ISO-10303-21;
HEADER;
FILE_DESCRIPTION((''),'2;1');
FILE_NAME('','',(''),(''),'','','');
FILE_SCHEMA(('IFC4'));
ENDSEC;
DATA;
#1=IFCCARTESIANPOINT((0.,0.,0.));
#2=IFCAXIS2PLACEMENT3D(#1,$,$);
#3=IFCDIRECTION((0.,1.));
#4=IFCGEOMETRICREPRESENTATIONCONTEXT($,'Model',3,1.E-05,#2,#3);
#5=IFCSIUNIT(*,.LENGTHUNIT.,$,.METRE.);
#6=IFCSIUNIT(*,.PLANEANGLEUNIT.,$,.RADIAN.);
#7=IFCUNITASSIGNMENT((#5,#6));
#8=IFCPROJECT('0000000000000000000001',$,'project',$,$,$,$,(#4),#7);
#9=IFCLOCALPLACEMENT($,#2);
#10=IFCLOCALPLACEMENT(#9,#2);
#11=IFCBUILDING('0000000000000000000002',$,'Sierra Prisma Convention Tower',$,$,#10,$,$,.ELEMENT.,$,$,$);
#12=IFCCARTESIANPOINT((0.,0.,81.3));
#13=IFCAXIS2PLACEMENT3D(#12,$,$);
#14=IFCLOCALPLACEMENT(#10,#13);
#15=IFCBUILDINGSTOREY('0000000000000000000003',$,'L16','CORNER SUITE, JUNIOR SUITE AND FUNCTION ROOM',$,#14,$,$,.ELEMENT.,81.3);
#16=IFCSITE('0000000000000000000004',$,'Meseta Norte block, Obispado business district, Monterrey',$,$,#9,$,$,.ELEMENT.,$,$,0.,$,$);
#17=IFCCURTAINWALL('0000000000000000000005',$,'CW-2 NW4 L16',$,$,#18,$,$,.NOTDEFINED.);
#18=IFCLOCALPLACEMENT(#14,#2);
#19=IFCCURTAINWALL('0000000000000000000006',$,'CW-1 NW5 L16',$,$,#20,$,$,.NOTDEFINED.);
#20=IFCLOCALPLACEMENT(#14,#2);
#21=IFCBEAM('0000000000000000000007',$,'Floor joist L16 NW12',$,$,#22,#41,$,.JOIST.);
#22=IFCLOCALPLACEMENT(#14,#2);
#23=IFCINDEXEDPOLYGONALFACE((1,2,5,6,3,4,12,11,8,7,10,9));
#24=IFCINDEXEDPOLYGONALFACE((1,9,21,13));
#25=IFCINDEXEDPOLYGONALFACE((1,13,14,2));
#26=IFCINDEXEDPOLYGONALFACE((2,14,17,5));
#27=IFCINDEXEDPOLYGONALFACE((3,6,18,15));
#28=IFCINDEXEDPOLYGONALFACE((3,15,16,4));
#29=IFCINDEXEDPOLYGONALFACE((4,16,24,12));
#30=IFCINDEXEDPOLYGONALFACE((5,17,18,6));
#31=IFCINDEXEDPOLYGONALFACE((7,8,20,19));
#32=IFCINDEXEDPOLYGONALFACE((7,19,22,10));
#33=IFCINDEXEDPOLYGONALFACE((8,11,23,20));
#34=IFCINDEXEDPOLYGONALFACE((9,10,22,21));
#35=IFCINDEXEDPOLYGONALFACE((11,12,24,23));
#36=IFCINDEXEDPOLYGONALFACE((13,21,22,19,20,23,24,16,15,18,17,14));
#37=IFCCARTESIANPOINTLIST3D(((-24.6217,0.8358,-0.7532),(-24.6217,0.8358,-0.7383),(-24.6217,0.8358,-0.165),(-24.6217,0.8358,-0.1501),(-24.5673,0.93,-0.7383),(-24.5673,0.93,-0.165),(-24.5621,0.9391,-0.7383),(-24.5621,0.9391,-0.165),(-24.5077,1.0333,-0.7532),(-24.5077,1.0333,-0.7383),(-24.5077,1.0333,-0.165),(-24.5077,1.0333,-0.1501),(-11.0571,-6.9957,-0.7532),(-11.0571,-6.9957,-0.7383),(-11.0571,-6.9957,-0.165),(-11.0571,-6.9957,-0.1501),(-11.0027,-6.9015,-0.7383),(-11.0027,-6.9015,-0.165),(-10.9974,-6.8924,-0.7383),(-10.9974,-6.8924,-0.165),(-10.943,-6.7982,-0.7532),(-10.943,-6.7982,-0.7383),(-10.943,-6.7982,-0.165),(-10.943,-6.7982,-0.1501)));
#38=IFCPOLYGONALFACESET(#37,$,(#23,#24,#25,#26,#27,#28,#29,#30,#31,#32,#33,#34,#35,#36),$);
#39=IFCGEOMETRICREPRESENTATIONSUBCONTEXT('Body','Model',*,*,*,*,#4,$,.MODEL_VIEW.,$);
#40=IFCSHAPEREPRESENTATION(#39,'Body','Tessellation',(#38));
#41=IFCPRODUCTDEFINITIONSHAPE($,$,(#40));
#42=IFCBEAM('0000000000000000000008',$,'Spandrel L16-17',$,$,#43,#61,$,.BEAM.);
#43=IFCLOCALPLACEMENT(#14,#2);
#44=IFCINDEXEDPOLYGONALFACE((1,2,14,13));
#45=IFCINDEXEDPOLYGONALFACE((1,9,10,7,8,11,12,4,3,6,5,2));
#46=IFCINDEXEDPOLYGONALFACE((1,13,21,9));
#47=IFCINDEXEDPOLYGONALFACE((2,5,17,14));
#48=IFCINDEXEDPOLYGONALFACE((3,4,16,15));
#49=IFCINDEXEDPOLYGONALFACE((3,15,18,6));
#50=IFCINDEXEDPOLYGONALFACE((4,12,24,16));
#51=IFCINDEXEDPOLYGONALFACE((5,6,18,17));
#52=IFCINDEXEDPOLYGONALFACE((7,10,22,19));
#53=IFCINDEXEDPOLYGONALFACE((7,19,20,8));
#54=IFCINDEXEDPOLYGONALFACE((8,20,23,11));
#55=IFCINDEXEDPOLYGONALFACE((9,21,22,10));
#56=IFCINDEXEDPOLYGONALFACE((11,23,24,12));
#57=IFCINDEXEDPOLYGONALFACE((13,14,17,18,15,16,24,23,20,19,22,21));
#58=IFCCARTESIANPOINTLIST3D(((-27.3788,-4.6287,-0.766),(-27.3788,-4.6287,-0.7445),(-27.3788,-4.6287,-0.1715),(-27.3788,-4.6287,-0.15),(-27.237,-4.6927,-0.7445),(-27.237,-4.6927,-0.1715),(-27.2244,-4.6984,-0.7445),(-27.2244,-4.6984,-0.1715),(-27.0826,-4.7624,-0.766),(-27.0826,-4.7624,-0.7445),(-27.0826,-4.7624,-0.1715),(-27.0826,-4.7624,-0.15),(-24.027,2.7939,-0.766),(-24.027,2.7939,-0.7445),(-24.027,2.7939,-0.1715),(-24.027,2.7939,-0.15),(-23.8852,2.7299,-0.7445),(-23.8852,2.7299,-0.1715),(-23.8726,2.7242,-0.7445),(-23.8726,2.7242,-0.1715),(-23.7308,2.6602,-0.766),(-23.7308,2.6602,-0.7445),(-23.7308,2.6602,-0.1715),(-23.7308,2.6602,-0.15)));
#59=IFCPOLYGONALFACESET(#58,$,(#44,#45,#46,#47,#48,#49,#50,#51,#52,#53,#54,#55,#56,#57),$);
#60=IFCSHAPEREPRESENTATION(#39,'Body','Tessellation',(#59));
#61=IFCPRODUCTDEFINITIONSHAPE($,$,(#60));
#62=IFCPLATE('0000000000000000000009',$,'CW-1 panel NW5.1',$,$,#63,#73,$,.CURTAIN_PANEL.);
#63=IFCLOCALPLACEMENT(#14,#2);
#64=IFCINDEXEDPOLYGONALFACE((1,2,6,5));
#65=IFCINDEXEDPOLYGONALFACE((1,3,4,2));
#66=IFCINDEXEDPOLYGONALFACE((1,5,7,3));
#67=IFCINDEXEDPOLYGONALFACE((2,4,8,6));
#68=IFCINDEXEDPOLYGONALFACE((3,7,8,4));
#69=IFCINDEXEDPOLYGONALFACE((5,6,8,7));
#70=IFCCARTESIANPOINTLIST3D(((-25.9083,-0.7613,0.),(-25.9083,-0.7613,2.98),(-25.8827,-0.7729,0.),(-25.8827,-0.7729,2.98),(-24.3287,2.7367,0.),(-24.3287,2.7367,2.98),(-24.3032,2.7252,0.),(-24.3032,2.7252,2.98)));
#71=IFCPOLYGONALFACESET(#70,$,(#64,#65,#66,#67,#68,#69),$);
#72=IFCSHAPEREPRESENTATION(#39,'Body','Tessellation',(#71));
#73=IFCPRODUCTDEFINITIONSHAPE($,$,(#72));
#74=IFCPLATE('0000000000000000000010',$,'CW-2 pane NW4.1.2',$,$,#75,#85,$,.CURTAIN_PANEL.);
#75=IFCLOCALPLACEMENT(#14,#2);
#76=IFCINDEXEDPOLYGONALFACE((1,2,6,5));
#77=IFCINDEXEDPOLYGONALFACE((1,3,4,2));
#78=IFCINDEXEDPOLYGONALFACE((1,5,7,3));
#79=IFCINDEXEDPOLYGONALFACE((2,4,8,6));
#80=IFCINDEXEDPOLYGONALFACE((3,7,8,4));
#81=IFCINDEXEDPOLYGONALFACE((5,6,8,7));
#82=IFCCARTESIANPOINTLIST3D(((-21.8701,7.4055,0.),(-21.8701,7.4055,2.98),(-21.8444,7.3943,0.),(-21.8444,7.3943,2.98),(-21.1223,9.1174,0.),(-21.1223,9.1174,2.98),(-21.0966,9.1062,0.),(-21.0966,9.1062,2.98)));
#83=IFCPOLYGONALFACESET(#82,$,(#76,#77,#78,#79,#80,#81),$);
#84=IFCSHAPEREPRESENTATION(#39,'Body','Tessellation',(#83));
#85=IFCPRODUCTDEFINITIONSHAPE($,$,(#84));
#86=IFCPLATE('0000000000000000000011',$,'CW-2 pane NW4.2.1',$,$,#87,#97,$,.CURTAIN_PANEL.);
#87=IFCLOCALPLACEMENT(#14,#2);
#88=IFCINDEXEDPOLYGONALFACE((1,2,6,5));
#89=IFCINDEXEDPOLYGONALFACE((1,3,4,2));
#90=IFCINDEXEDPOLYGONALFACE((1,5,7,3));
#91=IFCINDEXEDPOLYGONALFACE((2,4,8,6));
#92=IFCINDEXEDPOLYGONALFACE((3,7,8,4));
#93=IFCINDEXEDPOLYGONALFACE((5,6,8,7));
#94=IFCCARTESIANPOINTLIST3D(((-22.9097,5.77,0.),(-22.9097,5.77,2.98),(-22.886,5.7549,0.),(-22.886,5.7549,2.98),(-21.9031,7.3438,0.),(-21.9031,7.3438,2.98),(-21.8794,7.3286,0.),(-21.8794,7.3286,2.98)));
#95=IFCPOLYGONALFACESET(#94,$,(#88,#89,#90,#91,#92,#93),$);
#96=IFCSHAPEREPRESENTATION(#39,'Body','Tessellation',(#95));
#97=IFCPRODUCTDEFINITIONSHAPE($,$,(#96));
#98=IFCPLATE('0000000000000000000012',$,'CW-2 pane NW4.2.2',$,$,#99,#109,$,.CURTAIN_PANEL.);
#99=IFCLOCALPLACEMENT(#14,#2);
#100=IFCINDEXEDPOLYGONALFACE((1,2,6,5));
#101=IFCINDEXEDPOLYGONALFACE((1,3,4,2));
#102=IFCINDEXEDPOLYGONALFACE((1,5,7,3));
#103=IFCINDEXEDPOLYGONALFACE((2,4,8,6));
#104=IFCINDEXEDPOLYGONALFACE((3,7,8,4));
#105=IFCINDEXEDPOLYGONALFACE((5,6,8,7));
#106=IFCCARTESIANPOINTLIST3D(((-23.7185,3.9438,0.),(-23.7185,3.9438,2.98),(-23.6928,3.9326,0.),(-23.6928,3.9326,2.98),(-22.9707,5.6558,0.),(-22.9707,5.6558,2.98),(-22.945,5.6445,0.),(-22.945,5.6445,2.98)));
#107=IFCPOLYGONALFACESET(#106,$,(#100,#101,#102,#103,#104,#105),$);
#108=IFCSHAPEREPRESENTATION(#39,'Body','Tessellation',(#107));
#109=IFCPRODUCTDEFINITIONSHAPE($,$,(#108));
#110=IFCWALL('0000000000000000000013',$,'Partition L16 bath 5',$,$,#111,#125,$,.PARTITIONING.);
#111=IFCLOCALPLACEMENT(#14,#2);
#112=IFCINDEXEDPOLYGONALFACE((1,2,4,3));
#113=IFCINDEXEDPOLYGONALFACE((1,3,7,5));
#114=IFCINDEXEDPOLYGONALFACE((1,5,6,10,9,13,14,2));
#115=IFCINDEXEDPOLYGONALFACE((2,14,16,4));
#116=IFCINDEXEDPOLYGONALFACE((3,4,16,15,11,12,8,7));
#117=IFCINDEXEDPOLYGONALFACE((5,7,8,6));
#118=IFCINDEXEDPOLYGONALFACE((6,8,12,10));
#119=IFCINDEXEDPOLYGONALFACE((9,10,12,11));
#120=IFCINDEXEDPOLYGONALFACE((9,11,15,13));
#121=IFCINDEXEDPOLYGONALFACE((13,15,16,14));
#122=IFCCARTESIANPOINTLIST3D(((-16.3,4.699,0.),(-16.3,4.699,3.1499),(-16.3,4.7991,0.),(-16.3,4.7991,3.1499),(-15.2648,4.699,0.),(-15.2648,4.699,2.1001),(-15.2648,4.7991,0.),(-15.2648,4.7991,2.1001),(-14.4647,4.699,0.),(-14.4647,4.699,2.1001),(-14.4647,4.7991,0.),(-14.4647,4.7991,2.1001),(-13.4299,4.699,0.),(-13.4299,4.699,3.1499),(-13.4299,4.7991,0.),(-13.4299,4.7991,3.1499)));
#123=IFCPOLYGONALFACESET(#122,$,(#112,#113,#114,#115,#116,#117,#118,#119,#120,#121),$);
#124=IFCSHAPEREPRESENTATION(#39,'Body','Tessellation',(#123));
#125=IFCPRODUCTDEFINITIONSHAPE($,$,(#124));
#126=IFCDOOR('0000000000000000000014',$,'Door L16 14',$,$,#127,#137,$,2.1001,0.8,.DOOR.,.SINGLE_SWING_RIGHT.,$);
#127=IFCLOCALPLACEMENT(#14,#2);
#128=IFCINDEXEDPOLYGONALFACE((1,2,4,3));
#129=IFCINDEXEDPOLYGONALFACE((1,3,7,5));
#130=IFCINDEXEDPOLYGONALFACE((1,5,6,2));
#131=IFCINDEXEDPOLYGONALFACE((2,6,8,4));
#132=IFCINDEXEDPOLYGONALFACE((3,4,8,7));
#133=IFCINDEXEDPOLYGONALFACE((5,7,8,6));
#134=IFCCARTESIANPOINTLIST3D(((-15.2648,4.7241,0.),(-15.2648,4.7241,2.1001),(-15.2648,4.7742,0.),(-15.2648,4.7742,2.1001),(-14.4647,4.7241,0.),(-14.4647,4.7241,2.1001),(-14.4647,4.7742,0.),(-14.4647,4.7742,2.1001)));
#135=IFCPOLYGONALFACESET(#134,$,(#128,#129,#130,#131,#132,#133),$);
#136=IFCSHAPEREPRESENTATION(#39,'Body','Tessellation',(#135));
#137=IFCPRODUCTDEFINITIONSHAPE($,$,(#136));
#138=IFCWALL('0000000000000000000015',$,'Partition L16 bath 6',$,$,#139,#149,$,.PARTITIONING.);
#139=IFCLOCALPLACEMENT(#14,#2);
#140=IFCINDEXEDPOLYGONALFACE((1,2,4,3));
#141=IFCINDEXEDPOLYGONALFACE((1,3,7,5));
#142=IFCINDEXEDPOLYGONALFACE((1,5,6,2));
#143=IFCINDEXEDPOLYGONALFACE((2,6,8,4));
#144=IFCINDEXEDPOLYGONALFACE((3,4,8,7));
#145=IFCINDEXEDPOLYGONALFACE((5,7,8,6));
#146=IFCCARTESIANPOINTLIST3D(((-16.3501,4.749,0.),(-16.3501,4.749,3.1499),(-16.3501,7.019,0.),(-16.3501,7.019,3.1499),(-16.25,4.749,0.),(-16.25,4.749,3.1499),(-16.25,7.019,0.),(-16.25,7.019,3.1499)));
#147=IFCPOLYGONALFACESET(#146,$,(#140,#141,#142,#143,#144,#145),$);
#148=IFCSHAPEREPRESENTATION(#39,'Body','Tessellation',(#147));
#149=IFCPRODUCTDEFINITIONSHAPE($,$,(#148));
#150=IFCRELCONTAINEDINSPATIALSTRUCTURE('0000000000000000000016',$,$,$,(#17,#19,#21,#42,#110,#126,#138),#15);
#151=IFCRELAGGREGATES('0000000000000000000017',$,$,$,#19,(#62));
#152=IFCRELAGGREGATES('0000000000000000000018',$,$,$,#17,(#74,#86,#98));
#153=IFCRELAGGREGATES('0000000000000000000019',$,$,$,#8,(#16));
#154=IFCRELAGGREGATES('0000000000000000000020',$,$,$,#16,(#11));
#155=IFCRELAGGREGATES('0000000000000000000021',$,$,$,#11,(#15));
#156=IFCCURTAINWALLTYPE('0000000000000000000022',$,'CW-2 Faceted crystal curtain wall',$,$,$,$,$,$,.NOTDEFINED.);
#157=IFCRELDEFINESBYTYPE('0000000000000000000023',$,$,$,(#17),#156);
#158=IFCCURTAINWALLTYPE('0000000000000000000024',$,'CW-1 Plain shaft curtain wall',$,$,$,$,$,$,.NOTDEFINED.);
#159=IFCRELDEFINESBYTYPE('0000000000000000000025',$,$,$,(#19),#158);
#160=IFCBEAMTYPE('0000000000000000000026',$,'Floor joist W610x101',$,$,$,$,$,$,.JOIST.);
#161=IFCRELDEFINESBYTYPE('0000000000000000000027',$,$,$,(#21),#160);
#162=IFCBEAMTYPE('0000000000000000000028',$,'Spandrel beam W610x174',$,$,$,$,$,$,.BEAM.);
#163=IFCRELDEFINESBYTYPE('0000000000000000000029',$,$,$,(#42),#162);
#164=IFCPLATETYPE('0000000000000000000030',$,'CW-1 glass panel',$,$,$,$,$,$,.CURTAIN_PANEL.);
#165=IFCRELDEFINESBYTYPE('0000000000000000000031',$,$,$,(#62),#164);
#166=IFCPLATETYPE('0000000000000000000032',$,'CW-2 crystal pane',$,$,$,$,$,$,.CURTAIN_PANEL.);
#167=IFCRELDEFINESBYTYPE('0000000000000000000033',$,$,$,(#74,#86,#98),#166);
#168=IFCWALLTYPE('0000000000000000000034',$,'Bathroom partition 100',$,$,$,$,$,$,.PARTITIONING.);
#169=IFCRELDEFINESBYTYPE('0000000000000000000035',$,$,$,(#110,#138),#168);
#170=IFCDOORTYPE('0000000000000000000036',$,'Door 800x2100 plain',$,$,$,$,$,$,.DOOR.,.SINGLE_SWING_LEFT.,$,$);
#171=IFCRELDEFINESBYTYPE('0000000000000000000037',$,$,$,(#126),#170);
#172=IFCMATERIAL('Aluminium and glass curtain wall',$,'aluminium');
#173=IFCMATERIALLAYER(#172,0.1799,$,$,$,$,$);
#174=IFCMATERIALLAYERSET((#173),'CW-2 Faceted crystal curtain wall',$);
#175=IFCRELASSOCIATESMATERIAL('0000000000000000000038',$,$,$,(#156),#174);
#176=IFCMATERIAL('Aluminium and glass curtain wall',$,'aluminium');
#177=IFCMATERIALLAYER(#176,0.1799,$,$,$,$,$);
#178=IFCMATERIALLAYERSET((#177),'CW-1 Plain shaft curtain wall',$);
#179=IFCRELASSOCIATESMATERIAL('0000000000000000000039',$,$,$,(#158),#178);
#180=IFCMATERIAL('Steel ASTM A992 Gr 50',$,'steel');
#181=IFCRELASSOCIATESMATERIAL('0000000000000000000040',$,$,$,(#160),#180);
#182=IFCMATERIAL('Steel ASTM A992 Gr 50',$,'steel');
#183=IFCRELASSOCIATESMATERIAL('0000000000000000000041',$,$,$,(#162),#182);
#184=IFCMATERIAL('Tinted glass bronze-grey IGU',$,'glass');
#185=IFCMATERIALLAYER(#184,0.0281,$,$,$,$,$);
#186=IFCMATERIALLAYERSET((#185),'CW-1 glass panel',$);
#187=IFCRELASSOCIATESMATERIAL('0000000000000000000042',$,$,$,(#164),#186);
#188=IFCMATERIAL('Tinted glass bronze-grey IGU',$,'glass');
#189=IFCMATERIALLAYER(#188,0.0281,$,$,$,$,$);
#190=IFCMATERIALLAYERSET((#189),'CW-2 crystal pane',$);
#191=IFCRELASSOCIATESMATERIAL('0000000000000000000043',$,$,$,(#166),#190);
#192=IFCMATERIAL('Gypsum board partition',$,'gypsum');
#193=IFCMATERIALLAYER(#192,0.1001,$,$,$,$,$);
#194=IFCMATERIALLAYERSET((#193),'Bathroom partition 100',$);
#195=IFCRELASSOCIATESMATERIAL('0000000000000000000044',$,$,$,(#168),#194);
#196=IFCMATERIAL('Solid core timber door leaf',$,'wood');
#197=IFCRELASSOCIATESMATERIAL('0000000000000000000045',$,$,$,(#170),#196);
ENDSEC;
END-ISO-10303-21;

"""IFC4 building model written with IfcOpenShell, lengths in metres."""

from ifc_helpers import new_model, si_unit, direction, frame, frame_2d, origin, origin_2d, place, context, subcontext, project, spatial, polyline, rectangle, i_section, outline, extrude, material, layer, layer_set, material_profile, profile_set, type_object, element, fill, aggregate, save


model = new_model("IFC4")

# Units and contexts
model_context = context("Model", 3, precision=1e-05, world=origin(), true_north=direction((0.0, 1.0)))
body_context = subcontext(model_context, "Body", "Model", "MODEL_VIEW")
ifc_project = project(units=[si_unit("LENGTHUNIT", "METRE"), si_unit("PLANEANGLEUNIT", "RADIAN")], contexts=[model_context])

# Site, building, storey
site_placement = place(None, origin())
site = spatial("IfcSite", under=ifc_project, at=site_placement, Name="Meseta Norte block, Obispado business district, Monterrey", CompositionType="ELEMENT", RefElevation=0.0)
building_placement = place(site_placement, origin())
building = spatial("IfcBuilding", under=site, at=building_placement, Name="Sierra Prisma Convention Tower", CompositionType="ELEMENT")
storey_placement = place(building_placement, frame((0.0, 0.0, 81.3)))
storey = spatial("IfcBuildingStorey", under=building, at=storey_placement, Name="L16", Description="CORNER SUITE, JUNIOR SUITE AND FUNCTION ROOM", CompositionType="ELEMENT", Elevation=81.3)

# Curtain wall
ifc_material_1 = material(Name="Aluminium and glass curtain wall", Category="aluminium")
ifc_layer_1 = layer(ifc_material_1, 0.1799)
ifc_layer_set_1 = layer_set([ifc_layer_1], Name="CW-2 Faceted crystal curtain wall")
curtain_wall_type_1 = type_object("IfcCurtainWallType", Name="CW-2 Faceted crystal curtain wall", PredefinedType="NOTDEFINED", material=ifc_layer_set_1)
curtain_wall_1_placement = place(storey_placement, origin())
curtain_wall_1 = element("IfcCurtainWall", 1, at=curtain_wall_1_placement, inside=storey, type_object=curtain_wall_type_1, Name="CW-2 NW4 L16", PredefinedType="NOTDEFINED")

# Curtain wall
ifc_material_2 = material(Name="Aluminium and glass curtain wall", Category="aluminium")
ifc_layer_2 = layer(ifc_material_2, 0.1799)
ifc_layer_set_2 = layer_set([ifc_layer_2], Name="CW-1 Plain shaft curtain wall")
curtain_wall_type_2 = type_object("IfcCurtainWallType", Name="CW-1 Plain shaft curtain wall", PredefinedType="NOTDEFINED", material=ifc_layer_set_2)
curtain_wall_2_placement = place(storey_placement, origin())
curtain_wall_2 = element("IfcCurtainWall", 2, at=curtain_wall_2_placement, inside=storey, type_object=curtain_wall_type_2, Name="CW-1 NW5 L16", PredefinedType="NOTDEFINED")

# Beams
ifc_material_3 = material(Name="Steel ASTM A992 Gr 50", Category="steel")
ifc_material_profile_1 = material_profile(ifc_material_3, i_section(OverallWidth=0.228, OverallDepth=0.603, WebThickness=0.0105, FlangeThickness=0.0149, at=origin_2d()), Name="W610x101")
ifc_profile_set_1 = profile_set([ifc_material_profile_1], Name="Steel ASTM A992 Gr 50")
beam_type_1 = type_object("IfcBeamType", Name="Floor joist W610x101", PredefinedType="JOIST", material=ifc_profile_set_1)
beam_1_placement = place(storey_placement, frame((-24.5647, 0.9346, -0.4517), z_axis=(0.866026, -0.499998, 0.0), x_axis=(0.499998, 0.866026, 0.0)))
element("IfcBeam", 3, at=beam_1_placement, inside=storey, type_object=beam_type_1, Name="Floor joist L16 NW12", PredefinedType="JOIST", context=body_context, shape_type="SweptSolid", body=[
    extrude(i_section(OverallWidth=0.228, OverallDepth=0.603, WebThickness=0.0105, FlangeThickness=0.0149, at=origin_2d()), origin(), (0.0, 0.0, 1.0), 15.6631),
])
ifc_material_4 = material(Name="Steel ASTM A992 Gr 50", Category="steel")
ifc_material_profile_2 = material_profile(ifc_material_4, i_section(OverallWidth=0.325, OverallDepth=0.616, WebThickness=0.0139, FlangeThickness=0.0215, at=origin_2d()), Name="W610x174")
ifc_profile_set_2 = profile_set([ifc_material_profile_2], Name="Steel ASTM A992 Gr 50")
beam_type_2 = type_object("IfcBeamType", Name="Spandrel beam W610x174", PredefinedType="BEAM", material=ifc_profile_set_2)
beam_2_placement = place(storey_placement, frame((-23.8789, 2.7271, -0.458), z_axis=(-0.411552, -0.911386, 0.0), x_axis=(0.911386, -0.411552, 0.0)))
element("IfcBeam", 4, at=beam_2_placement, inside=storey, type_object=beam_type_2, Name="Spandrel L16-17", PredefinedType="BEAM", context=body_context, shape_type="SweptSolid", body=[
    extrude(i_section(OverallWidth=0.325, OverallDepth=0.616, WebThickness=0.0139, FlangeThickness=0.0215, at=origin_2d()), origin(), (0.0, 0.0, 1.0), 8.1443),
])

# Plates
ifc_material_5 = material(Name="Tinted glass bronze-grey IGU", Category="glass")
ifc_layer_3 = layer(ifc_material_5, 0.0281)
ifc_layer_set_3 = layer_set([ifc_layer_3], Name="CW-1 glass panel")
plate_type_1 = type_object("IfcPlateType", Name="CW-1 glass panel", PredefinedType="CURTAIN_PANEL", material=ifc_layer_set_3)
plate_1_placement = place(storey_placement, frame((-25.1057, 0.9819, 0.0), z_axis=(0.0, 0.0, 1.0), x_axis=(-0.411534, -0.911394, 0.0)))
plate_1 = element("IfcPlate", 5, at=plate_1_placement, type_object=plate_type_1, Name="CW-1 panel NW5.1", PredefinedType="CURTAIN_PANEL", context=body_context, shape_type="SweptSolid", body=[
    extrude(rectangle(XDim=3.8381, YDim=0.0281, at=origin_2d()), origin(), (0.0, 0.0, 1.0), 2.98),
])
aggregate(curtain_wall_2, [plate_1])
ifc_material_6 = material(Name="Tinted glass bronze-grey IGU", Category="glass")
ifc_layer_4 = layer(ifc_material_6, 0.0281)
ifc_layer_set_4 = layer_set([ifc_layer_4], Name="CW-2 crystal pane")
plate_type_2 = type_object("IfcPlateType", Name="CW-2 crystal pane", PredefinedType="CURTAIN_PANEL", material=ifc_layer_set_4)
plate_2_placement = place(storey_placement, frame((-21.8701, 7.4055, 0.0), z_axis=(-0.916385, 0.400298, 0.0), x_axis=(0.400298, 0.916385, 0.0)))
plate_2 = element("IfcPlate", 6, at=plate_2_placement, type_object=plate_type_2, Name="CW-2 pane NW4.1.2", PredefinedType="CURTAIN_PANEL", context=body_context, shape_type="SweptSolid", body=[
    extrude(outline(polyline([(0.0, 0.0), (1.8681, 0.0), (1.8681, -2.98), (0.0, -2.98), (0.0, 0.0)])), origin(), (0.0, 0.0, -1.0), 0.0281),
])
plate_3_placement = place(storey_placement, frame((-21.9031, 7.3438, 0.0), z_axis=(-0.842416, 0.538827, 0.0), x_axis=(-0.538827, -0.842416, 0.0)))
plate_3 = element("IfcPlate", 7, at=plate_3_placement, type_object=plate_type_2, Name="CW-2 pane NW4.2.1", PredefinedType="CURTAIN_PANEL", context=body_context, shape_type="SweptSolid", body=[
    extrude(outline(polyline([(0.0, 0.0), (1.8681, 0.0), (1.8681, 2.98), (0.0, 2.98), (0.0, 0.0)])), origin(), (0.0, 0.0, -1.0), 0.0281),
])
plate_4_placement = place(storey_placement, frame((-23.7185, 3.9438, 0.0), z_axis=(-0.916385, 0.400298, 0.0), x_axis=(0.400298, 0.916385, 0.0)))
plate_4 = element("IfcPlate", 8, at=plate_4_placement, type_object=plate_type_2, Name="CW-2 pane NW4.2.2", PredefinedType="CURTAIN_PANEL", context=body_context, shape_type="SweptSolid", body=[
    extrude(outline(polyline([(0.0, 0.0), (1.8681, 0.0), (1.8681, -2.98), (0.0, -2.98), (0.0, 0.0)])), origin(), (0.0, 0.0, -1.0), 0.0281),
])
aggregate(curtain_wall_1, [plate_2, plate_3, plate_4])

# Wall, opening, door
ifc_material_7 = material(Name="Gypsum board partition", Category="gypsum")
ifc_layer_5 = layer(ifc_material_7, 0.1001)
ifc_layer_set_5 = layer_set([ifc_layer_5], Name="Bathroom partition 100")
wall_type_1 = type_object("IfcWallType", Name="Bathroom partition 100", PredefinedType="PARTITIONING", material=ifc_layer_set_5)
wall_1_placement = place(storey_placement, frame((-13.4299, 4.749, 0.0), z_axis=(0.0, 0.0, 1.0), x_axis=(-1.0, 0.0, 0.0)))
wall_1 = element("IfcWall", 9, at=wall_1_placement, inside=storey, type_object=wall_type_1, Name="Partition L16 bath 5", PredefinedType="PARTITIONING", context=body_context, shape_type="SweptSolid", body=[
    extrude(rectangle(XDim=2.8701, YDim=0.1001, at=frame_2d((1.4351, 0.0))), origin(), (0.0, 0.0, 1.0), 3.1499),
])
opening_1_placement = place(wall_1_placement, frame((1.0349, 0.0, 0.0)))
opening_1 = element("IfcOpeningElement", 10, at=opening_1_placement, cuts=wall_1, PredefinedType="OPENING", context=body_context, shape_type="SweptSolid", body=[
    extrude(rectangle(XDim=0.8, YDim=2.1001, at=frame_2d((0.3999, 1.05))), frame((0.0, 0.05, 0.0), z_axis=(0.0, -1.0, 0.0), x_axis=(1.0, 0.0, 0.0)), (0.0, 0.0, 1.0), 0.1001),
])
ifc_material_8 = material(Name="Solid core timber door leaf", Category="wood")
door_type_1 = type_object("IfcDoorType", Name="Door 800x2100 plain", OperationType="SINGLE_SWING_LEFT", PredefinedType="DOOR", material=ifc_material_8)
door_1_placement = place(opening_1_placement, origin())
door_1 = element("IfcDoor", 11, at=door_1_placement, inside=storey, type_object=door_type_1, Name="Door L16 14", OperationType="SINGLE_SWING_RIGHT", OverallHeight=2.1001, OverallWidth=0.8, PredefinedType="DOOR", context=body_context, shape_type="SweptSolid", body=[
    extrude(rectangle(XDim=0.8, YDim=2.1001, at=frame_2d((0.3999, 1.05))), frame((0.0, 0.0249, 0.0), z_axis=(0.0, -1.0, 0.0), x_axis=(1.0, 0.0, 0.0)), (0.0, 0.0, 1.0), 0.05),
])
fill(opening_1, door_1)

# Wall
wall_2_placement = place(storey_placement, frame((-16.3, 4.749, 0.0), z_axis=(0.0, 0.0, 1.0), x_axis=(0.0, 1.0, 0.0)))
element("IfcWall", 12, at=wall_2_placement, inside=storey, type_object=wall_type_1, Name="Partition L16 bath 6", PredefinedType="PARTITIONING", context=body_context, shape_type="SweptSolid", body=[
    extrude(rectangle(XDim=2.27, YDim=0.1001, at=frame_2d((1.135, 0.0))), origin(), (0.0, 0.0, 1.0), 3.1499),
])

save(model, "model.ifc")
